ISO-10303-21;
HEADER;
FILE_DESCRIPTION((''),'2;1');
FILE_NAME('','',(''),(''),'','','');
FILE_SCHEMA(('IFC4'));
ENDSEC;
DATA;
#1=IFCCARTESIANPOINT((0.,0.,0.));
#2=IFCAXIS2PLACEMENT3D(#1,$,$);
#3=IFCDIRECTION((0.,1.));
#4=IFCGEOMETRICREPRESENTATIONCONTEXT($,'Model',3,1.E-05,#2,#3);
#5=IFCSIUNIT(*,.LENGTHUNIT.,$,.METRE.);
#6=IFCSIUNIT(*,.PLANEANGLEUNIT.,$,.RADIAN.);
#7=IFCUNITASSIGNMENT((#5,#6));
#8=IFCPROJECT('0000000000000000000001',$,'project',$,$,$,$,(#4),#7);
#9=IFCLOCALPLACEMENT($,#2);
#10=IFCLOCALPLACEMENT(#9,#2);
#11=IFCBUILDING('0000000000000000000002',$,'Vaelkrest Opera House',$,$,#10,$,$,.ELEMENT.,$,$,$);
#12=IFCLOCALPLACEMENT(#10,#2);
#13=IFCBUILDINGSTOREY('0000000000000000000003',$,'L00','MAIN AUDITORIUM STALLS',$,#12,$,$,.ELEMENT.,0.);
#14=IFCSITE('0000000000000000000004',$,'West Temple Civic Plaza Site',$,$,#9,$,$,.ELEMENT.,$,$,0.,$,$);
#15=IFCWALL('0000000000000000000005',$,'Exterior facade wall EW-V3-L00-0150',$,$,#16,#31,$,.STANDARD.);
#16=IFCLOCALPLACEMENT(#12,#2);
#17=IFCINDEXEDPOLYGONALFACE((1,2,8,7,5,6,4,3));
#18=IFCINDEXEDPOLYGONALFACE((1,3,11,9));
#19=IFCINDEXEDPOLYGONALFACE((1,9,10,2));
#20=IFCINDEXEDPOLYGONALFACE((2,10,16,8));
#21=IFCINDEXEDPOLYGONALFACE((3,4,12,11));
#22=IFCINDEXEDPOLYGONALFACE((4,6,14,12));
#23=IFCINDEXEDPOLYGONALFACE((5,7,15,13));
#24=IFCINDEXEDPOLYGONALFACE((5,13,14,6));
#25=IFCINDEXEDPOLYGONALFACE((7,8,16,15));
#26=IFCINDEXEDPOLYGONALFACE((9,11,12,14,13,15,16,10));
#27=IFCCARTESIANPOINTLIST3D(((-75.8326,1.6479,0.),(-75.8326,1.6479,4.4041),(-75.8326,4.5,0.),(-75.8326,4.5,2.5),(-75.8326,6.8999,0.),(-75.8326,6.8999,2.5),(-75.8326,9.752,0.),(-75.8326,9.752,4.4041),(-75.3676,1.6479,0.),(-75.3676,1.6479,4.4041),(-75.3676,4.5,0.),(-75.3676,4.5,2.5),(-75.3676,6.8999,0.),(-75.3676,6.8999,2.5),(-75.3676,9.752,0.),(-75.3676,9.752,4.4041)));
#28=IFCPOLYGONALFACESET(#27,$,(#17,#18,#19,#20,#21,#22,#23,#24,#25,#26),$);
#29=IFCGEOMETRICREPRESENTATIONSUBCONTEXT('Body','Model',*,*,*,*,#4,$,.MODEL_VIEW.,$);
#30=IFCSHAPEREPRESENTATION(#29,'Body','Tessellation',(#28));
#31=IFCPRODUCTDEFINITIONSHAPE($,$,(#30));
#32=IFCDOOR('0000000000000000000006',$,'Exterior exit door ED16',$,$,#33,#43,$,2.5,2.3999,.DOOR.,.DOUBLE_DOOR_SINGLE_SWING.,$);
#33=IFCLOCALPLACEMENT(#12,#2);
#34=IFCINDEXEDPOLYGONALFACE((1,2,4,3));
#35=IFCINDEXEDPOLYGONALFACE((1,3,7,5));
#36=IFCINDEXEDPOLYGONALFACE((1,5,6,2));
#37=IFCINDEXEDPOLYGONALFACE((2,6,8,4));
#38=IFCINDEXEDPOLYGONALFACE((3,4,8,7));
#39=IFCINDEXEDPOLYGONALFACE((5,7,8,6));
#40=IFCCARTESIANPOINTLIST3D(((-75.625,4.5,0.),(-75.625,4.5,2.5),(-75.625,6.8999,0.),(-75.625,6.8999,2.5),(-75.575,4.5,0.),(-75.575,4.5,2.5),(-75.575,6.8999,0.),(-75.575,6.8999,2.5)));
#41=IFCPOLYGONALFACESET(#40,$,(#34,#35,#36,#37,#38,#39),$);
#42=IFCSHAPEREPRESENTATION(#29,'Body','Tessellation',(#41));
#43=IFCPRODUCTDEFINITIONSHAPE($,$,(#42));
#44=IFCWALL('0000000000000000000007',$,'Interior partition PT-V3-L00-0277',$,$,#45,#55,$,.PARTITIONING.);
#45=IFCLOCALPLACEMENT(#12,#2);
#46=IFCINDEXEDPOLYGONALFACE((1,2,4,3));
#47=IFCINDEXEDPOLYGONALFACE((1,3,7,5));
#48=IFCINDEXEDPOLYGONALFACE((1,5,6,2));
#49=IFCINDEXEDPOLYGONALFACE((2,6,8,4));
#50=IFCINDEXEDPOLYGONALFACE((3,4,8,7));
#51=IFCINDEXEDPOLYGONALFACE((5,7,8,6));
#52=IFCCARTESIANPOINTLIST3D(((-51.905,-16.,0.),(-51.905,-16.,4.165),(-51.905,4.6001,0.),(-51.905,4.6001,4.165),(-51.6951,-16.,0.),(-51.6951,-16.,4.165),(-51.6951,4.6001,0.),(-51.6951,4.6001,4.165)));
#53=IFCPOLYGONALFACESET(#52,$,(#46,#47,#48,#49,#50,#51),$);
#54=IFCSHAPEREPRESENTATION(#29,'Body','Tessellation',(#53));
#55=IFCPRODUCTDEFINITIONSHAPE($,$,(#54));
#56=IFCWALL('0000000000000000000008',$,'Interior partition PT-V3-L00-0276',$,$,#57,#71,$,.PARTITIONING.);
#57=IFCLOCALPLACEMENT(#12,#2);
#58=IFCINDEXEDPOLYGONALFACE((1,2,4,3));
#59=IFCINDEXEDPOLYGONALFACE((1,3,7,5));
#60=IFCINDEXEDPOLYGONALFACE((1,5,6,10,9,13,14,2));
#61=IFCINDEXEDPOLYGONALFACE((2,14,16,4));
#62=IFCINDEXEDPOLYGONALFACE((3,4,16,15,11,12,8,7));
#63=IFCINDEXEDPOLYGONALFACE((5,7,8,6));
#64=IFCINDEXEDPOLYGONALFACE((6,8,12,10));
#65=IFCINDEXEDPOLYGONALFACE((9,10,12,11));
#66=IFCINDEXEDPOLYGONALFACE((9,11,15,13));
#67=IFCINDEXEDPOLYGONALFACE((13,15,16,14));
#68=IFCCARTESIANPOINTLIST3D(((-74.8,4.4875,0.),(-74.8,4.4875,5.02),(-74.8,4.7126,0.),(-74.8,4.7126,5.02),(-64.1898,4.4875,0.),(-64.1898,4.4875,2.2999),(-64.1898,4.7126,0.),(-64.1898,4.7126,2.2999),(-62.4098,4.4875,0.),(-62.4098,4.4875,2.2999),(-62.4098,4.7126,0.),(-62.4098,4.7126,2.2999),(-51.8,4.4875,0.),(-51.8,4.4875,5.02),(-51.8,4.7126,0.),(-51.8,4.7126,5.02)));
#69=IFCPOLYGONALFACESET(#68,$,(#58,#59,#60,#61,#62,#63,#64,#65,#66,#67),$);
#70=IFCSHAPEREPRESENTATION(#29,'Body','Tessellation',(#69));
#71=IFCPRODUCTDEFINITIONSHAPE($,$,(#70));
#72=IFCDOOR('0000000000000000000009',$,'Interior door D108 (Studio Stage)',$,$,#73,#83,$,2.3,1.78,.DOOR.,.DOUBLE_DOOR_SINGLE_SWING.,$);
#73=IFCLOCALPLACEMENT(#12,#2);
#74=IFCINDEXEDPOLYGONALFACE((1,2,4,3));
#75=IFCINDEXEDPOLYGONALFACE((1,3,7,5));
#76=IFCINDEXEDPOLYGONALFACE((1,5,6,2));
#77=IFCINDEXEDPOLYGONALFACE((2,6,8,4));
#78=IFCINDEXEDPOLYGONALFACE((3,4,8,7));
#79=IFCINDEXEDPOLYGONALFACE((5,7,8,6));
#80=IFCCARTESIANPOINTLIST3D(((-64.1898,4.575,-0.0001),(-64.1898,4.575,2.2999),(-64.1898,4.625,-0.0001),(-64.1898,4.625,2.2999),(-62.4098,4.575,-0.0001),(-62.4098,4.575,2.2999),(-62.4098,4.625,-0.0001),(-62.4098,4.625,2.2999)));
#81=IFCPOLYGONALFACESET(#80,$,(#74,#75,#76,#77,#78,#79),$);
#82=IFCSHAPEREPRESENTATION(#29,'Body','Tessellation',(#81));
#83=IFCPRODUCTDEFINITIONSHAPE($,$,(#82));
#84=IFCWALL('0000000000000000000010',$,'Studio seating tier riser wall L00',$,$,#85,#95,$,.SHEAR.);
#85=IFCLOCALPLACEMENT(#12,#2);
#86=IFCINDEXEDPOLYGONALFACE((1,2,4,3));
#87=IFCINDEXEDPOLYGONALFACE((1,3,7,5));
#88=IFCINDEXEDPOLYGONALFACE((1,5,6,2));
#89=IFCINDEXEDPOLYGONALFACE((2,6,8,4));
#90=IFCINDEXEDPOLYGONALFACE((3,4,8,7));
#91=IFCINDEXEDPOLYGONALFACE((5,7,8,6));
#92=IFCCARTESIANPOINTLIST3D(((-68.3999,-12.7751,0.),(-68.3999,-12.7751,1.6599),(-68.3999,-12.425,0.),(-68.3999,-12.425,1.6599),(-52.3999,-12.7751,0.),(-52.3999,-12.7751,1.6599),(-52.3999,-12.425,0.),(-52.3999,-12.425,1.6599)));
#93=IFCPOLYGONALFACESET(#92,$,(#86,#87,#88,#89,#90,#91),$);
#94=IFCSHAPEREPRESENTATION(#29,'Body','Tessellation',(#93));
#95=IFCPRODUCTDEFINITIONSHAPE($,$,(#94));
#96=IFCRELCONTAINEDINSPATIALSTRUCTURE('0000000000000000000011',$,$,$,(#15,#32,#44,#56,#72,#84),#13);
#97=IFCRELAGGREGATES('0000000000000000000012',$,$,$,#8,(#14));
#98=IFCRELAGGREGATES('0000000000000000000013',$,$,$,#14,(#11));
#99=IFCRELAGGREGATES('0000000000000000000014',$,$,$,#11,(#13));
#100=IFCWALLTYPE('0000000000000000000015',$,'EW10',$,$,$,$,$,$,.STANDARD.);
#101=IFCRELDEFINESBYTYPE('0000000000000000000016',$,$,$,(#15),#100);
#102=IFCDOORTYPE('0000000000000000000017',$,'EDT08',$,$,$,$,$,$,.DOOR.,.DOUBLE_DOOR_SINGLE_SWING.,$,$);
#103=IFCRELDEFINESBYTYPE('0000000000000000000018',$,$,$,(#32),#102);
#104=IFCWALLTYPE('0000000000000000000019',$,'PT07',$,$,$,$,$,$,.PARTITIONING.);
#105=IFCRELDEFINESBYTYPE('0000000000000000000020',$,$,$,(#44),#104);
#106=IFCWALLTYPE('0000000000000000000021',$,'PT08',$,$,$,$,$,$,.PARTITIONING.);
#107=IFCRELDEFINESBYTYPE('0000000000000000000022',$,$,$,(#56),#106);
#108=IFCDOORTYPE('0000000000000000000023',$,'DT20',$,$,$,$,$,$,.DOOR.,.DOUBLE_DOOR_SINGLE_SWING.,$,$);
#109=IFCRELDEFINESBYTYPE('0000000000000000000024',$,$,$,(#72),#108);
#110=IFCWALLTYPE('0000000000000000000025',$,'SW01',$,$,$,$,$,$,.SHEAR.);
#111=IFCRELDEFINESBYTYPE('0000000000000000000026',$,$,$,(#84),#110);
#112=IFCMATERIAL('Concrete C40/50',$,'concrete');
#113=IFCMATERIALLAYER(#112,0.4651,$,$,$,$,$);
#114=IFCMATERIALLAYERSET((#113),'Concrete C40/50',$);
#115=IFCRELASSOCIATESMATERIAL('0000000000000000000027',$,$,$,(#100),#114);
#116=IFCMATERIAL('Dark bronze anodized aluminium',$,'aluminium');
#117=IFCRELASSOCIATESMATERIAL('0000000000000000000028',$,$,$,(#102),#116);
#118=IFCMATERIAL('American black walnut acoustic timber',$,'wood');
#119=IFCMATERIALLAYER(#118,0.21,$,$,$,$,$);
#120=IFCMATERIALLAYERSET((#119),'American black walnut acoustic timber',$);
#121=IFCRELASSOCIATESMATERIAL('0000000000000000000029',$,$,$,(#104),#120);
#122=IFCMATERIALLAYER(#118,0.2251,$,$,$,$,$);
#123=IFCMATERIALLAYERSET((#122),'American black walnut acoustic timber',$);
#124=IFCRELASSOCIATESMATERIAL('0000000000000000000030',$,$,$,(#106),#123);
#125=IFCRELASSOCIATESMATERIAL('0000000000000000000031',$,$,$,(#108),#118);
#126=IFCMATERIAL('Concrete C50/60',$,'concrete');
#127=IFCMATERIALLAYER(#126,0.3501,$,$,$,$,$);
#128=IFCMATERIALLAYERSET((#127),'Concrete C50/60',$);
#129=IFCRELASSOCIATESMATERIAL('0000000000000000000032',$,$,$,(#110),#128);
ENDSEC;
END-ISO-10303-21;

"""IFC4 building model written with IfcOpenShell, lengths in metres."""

from ifc_helpers import new_model, si_unit, direction, frame, frame_2d, origin, place, context, subcontext, project, spatial, rectangle, extrude, material, layer, layer_set, type_object, element, fill, save


model = new_model("IFC4")

# Units and contexts
model_context = context("Model", 3, precision=1e-05, world=origin(), true_north=direction((0.0, 1.0)))
body_context = subcontext(model_context, "Body", "Model", "MODEL_VIEW")
ifc_project = project(units=[si_unit("LENGTHUNIT", "METRE"), si_unit("PLANEANGLEUNIT", "RADIAN")], contexts=[model_context])

# Site, building, storey
site_placement = place(None, origin())
site = spatial("IfcSite", under=ifc_project, at=site_placement, Name="West Temple Civic Plaza Site", CompositionType="ELEMENT", RefElevation=0.0)
building_placement = place(site_placement, origin())
building = spatial("IfcBuilding", under=site, at=building_placement, Name="Vaelkrest Opera House", CompositionType="ELEMENT")
storey_placement = place(building_placement, origin())
storey = spatial("IfcBuildingStorey", under=building, at=storey_placement, Name="L00", Description="MAIN AUDITORIUM STALLS", CompositionType="ELEMENT", Elevation=0.0)

# Shared definitions
ifc_material_1 = material(Name="Concrete C50/60", Category="concrete")

# Shared definitions
ifc_material_2 = material(Name="Concrete C40/50", Category="concrete")

# Wall, opening, door
ifc_material_3 = material(Name="Dark bronze anodized aluminium", Category="aluminium")
ifc_layer_1 = layer(ifc_material_2, 0.4651)
ifc_layer_set_1 = layer_set([ifc_layer_1], Name="Concrete C40/50")
wall_type_1 = type_object("IfcWallType", Name="EW10", PredefinedType="STANDARD", material=ifc_layer_set_1)
wall_1_placement = place(storey_placement, frame((-75.6001, 1.6479, 0.0), z_axis=(0.0, 0.0, 1.0), x_axis=(0.0, 1.0, 0.0)))
wall_1 = element("IfcWall", 1, at=wall_1_placement, inside=storey, type_object=wall_type_1, Name="Exterior facade wall EW-V3-L00-0150", PredefinedType="STANDARD", context=body_context, shape_type="SweptSolid", body=[
    extrude(rectangle(XDim=8.104, YDim=0.4651, at=frame_2d((4.052, 0.0))), origin(), (0.0, 0.0, 1.0), 4.4041),
])
opening_1_placement = place(wall_1_placement, frame((2.8521, 0.0, 0.0)))
opening_1 = element("IfcOpeningElement", 2, at=opening_1_placement, cuts=wall_1, PredefinedType="OPENING", context=body_context, shape_type="SweptSolid", body=[
    extrude(rectangle(XDim=2.3999, YDim=2.5, at=frame_2d((1.2, 1.25))), frame((0.0, 0.2424, 0.0), z_axis=(0.0, -1.0, 0.0), x_axis=(1.0, 0.0, 0.0)), (0.0, 0.0, 1.0), 0.4851),
])
door_type_1 = type_object("IfcDoorType", Name="EDT08", OperationType="DOUBLE_DOOR_SINGLE_SWING", PredefinedType="DOOR", material=ifc_material_3)
door_1_placement = place(opening_1_placement, origin())
door_1 = element("IfcDoor", 3, at=door_1_placement, inside=storey, type_object=door_type_1, Name="Exterior exit door ED16", OperationType="DOUBLE_DOOR_SINGLE_SWING", OverallHeight=2.5, OverallWidth=2.3999, PredefinedType="DOOR", context=body_context, shape_type="SweptSolid", body=[
    extrude(rectangle(XDim=2.3999, YDim=2.5, at=frame_2d((1.2, 1.25))), frame((0.0, 0.0249, 0.0), z_axis=(0.0, -1.0, 0.0), x_axis=(1.0, 0.0, 0.0)), (0.0, 0.0, 1.0), 0.05),
])
fill(opening_1, door_1)

# Wall
ifc_material_4 = material(Name="American black walnut acoustic timber", Category="wood")
ifc_layer_2 = layer(ifc_material_4, 0.21)
ifc_layer_set_2 = layer_set([ifc_layer_2], Name="American black walnut acoustic timber")
wall_type_2 = type_object("IfcWallType", Name="PT07", PredefinedType="PARTITIONING", material=ifc_layer_set_2)
wall_2_placement = place(storey_placement, frame((-51.8, -16.0, 0.0), z_axis=(0.0, 0.0, 1.0), x_axis=(0.0, 1.0, 0.0)))
element("IfcWall", 4, at=wall_2_placement, inside=storey, type_object=wall_type_2, Name="Interior partition PT-V3-L00-0277", PredefinedType="PARTITIONING", context=body_context, shape_type="SweptSolid", body=[
    extrude(rectangle(XDim=20.6001, YDim=0.21, at=frame_2d((10.3, 0.0))), origin(), (0.0, 0.0, 1.0), 4.165),
])

# Wall, opening, door
ifc_layer_3 = layer(ifc_material_4, 0.2251)
ifc_layer_set_3 = layer_set([ifc_layer_3], Name="American black walnut acoustic timber")
wall_type_3 = type_object("IfcWallType", Name="PT08", PredefinedType="PARTITIONING", material=ifc_layer_set_3)
wall_3_placement = place(storey_placement, frame((-74.8, 4.6001, 0.0), z_axis=(0.0, 0.0, 1.0), x_axis=(1.0, 0.0, 0.0)))
wall_3 = element("IfcWall", 5, at=wall_3_placement, inside=storey, type_object=wall_type_3, Name="Interior partition PT-V3-L00-0276", PredefinedType="PARTITIONING", context=body_context, shape_type="SweptSolid", body=[
    extrude(rectangle(XDim=23.0, YDim=0.2251, at=frame_2d((11.5, 0.0))), origin(), (0.0, 0.0, 1.0), 5.02),
])
opening_2_placement = place(wall_3_placement, frame((10.6101, 0.0, 0.0)))
opening_2 = element("IfcOpeningElement", 6, at=opening_2_placement, cuts=wall_3, PredefinedType="OPENING", context=body_context, shape_type="SweptSolid", body=[
    extrude(rectangle(XDim=1.78, YDim=2.3, at=frame_2d((0.8901, 1.1499))), frame((0.0, 0.1226, 0.0), z_axis=(0.0, -1.0, 0.0), x_axis=(1.0, 0.0, 0.0)), (0.0, 0.0, 1.0), 0.2451),
])
door_type_2 = type_object("IfcDoorType", Name="DT20", OperationType="DOUBLE_DOOR_SINGLE_SWING", PredefinedType="DOOR", material=ifc_material_4)
door_2_placement = place(opening_2_placement, origin())
door_2 = element("IfcDoor", 7, at=door_2_placement, inside=storey, type_object=door_type_2, Name="Interior door D108 (Studio Stage)", OperationType="DOUBLE_DOOR_SINGLE_SWING", OverallHeight=2.3, OverallWidth=1.78, PredefinedType="DOOR", context=body_context, shape_type="SweptSolid", body=[
    extrude(rectangle(XDim=1.78, YDim=2.3, at=frame_2d((0.8901, 1.1499))), frame((0.0, 0.0249, 0.0), z_axis=(0.0, -1.0, 0.0), x_axis=(1.0, 0.0, 0.0)), (0.0, 0.0, 1.0), 0.05),
])
fill(opening_2, door_2)

# Wall
ifc_layer_4 = layer(ifc_material_1, 0.3501)
ifc_layer_set_4 = layer_set([ifc_layer_4], Name="Concrete C50/60")
wall_type_4 = type_object("IfcWallType", Name="SW01", PredefinedType="SHEAR", material=ifc_layer_set_4)
wall_4_placement = place(storey_placement, frame((-68.3999, -12.6001, 0.0), z_axis=(0.0, 0.0, 1.0), x_axis=(1.0, 0.0, 0.0)))
element("IfcWall", 8, at=wall_4_placement, inside=storey, type_object=wall_type_4, Name="Studio seating tier riser wall L00", PredefinedType="SHEAR", context=body_context, shape_type="SweptSolid", body=[
    extrude(rectangle(XDim=16.0, YDim=0.3501, at=frame_2d((8.0, 0.0))), origin(), (0.0, 0.0, 1.0), 1.6599),
])

save(model, "model.ifc")
